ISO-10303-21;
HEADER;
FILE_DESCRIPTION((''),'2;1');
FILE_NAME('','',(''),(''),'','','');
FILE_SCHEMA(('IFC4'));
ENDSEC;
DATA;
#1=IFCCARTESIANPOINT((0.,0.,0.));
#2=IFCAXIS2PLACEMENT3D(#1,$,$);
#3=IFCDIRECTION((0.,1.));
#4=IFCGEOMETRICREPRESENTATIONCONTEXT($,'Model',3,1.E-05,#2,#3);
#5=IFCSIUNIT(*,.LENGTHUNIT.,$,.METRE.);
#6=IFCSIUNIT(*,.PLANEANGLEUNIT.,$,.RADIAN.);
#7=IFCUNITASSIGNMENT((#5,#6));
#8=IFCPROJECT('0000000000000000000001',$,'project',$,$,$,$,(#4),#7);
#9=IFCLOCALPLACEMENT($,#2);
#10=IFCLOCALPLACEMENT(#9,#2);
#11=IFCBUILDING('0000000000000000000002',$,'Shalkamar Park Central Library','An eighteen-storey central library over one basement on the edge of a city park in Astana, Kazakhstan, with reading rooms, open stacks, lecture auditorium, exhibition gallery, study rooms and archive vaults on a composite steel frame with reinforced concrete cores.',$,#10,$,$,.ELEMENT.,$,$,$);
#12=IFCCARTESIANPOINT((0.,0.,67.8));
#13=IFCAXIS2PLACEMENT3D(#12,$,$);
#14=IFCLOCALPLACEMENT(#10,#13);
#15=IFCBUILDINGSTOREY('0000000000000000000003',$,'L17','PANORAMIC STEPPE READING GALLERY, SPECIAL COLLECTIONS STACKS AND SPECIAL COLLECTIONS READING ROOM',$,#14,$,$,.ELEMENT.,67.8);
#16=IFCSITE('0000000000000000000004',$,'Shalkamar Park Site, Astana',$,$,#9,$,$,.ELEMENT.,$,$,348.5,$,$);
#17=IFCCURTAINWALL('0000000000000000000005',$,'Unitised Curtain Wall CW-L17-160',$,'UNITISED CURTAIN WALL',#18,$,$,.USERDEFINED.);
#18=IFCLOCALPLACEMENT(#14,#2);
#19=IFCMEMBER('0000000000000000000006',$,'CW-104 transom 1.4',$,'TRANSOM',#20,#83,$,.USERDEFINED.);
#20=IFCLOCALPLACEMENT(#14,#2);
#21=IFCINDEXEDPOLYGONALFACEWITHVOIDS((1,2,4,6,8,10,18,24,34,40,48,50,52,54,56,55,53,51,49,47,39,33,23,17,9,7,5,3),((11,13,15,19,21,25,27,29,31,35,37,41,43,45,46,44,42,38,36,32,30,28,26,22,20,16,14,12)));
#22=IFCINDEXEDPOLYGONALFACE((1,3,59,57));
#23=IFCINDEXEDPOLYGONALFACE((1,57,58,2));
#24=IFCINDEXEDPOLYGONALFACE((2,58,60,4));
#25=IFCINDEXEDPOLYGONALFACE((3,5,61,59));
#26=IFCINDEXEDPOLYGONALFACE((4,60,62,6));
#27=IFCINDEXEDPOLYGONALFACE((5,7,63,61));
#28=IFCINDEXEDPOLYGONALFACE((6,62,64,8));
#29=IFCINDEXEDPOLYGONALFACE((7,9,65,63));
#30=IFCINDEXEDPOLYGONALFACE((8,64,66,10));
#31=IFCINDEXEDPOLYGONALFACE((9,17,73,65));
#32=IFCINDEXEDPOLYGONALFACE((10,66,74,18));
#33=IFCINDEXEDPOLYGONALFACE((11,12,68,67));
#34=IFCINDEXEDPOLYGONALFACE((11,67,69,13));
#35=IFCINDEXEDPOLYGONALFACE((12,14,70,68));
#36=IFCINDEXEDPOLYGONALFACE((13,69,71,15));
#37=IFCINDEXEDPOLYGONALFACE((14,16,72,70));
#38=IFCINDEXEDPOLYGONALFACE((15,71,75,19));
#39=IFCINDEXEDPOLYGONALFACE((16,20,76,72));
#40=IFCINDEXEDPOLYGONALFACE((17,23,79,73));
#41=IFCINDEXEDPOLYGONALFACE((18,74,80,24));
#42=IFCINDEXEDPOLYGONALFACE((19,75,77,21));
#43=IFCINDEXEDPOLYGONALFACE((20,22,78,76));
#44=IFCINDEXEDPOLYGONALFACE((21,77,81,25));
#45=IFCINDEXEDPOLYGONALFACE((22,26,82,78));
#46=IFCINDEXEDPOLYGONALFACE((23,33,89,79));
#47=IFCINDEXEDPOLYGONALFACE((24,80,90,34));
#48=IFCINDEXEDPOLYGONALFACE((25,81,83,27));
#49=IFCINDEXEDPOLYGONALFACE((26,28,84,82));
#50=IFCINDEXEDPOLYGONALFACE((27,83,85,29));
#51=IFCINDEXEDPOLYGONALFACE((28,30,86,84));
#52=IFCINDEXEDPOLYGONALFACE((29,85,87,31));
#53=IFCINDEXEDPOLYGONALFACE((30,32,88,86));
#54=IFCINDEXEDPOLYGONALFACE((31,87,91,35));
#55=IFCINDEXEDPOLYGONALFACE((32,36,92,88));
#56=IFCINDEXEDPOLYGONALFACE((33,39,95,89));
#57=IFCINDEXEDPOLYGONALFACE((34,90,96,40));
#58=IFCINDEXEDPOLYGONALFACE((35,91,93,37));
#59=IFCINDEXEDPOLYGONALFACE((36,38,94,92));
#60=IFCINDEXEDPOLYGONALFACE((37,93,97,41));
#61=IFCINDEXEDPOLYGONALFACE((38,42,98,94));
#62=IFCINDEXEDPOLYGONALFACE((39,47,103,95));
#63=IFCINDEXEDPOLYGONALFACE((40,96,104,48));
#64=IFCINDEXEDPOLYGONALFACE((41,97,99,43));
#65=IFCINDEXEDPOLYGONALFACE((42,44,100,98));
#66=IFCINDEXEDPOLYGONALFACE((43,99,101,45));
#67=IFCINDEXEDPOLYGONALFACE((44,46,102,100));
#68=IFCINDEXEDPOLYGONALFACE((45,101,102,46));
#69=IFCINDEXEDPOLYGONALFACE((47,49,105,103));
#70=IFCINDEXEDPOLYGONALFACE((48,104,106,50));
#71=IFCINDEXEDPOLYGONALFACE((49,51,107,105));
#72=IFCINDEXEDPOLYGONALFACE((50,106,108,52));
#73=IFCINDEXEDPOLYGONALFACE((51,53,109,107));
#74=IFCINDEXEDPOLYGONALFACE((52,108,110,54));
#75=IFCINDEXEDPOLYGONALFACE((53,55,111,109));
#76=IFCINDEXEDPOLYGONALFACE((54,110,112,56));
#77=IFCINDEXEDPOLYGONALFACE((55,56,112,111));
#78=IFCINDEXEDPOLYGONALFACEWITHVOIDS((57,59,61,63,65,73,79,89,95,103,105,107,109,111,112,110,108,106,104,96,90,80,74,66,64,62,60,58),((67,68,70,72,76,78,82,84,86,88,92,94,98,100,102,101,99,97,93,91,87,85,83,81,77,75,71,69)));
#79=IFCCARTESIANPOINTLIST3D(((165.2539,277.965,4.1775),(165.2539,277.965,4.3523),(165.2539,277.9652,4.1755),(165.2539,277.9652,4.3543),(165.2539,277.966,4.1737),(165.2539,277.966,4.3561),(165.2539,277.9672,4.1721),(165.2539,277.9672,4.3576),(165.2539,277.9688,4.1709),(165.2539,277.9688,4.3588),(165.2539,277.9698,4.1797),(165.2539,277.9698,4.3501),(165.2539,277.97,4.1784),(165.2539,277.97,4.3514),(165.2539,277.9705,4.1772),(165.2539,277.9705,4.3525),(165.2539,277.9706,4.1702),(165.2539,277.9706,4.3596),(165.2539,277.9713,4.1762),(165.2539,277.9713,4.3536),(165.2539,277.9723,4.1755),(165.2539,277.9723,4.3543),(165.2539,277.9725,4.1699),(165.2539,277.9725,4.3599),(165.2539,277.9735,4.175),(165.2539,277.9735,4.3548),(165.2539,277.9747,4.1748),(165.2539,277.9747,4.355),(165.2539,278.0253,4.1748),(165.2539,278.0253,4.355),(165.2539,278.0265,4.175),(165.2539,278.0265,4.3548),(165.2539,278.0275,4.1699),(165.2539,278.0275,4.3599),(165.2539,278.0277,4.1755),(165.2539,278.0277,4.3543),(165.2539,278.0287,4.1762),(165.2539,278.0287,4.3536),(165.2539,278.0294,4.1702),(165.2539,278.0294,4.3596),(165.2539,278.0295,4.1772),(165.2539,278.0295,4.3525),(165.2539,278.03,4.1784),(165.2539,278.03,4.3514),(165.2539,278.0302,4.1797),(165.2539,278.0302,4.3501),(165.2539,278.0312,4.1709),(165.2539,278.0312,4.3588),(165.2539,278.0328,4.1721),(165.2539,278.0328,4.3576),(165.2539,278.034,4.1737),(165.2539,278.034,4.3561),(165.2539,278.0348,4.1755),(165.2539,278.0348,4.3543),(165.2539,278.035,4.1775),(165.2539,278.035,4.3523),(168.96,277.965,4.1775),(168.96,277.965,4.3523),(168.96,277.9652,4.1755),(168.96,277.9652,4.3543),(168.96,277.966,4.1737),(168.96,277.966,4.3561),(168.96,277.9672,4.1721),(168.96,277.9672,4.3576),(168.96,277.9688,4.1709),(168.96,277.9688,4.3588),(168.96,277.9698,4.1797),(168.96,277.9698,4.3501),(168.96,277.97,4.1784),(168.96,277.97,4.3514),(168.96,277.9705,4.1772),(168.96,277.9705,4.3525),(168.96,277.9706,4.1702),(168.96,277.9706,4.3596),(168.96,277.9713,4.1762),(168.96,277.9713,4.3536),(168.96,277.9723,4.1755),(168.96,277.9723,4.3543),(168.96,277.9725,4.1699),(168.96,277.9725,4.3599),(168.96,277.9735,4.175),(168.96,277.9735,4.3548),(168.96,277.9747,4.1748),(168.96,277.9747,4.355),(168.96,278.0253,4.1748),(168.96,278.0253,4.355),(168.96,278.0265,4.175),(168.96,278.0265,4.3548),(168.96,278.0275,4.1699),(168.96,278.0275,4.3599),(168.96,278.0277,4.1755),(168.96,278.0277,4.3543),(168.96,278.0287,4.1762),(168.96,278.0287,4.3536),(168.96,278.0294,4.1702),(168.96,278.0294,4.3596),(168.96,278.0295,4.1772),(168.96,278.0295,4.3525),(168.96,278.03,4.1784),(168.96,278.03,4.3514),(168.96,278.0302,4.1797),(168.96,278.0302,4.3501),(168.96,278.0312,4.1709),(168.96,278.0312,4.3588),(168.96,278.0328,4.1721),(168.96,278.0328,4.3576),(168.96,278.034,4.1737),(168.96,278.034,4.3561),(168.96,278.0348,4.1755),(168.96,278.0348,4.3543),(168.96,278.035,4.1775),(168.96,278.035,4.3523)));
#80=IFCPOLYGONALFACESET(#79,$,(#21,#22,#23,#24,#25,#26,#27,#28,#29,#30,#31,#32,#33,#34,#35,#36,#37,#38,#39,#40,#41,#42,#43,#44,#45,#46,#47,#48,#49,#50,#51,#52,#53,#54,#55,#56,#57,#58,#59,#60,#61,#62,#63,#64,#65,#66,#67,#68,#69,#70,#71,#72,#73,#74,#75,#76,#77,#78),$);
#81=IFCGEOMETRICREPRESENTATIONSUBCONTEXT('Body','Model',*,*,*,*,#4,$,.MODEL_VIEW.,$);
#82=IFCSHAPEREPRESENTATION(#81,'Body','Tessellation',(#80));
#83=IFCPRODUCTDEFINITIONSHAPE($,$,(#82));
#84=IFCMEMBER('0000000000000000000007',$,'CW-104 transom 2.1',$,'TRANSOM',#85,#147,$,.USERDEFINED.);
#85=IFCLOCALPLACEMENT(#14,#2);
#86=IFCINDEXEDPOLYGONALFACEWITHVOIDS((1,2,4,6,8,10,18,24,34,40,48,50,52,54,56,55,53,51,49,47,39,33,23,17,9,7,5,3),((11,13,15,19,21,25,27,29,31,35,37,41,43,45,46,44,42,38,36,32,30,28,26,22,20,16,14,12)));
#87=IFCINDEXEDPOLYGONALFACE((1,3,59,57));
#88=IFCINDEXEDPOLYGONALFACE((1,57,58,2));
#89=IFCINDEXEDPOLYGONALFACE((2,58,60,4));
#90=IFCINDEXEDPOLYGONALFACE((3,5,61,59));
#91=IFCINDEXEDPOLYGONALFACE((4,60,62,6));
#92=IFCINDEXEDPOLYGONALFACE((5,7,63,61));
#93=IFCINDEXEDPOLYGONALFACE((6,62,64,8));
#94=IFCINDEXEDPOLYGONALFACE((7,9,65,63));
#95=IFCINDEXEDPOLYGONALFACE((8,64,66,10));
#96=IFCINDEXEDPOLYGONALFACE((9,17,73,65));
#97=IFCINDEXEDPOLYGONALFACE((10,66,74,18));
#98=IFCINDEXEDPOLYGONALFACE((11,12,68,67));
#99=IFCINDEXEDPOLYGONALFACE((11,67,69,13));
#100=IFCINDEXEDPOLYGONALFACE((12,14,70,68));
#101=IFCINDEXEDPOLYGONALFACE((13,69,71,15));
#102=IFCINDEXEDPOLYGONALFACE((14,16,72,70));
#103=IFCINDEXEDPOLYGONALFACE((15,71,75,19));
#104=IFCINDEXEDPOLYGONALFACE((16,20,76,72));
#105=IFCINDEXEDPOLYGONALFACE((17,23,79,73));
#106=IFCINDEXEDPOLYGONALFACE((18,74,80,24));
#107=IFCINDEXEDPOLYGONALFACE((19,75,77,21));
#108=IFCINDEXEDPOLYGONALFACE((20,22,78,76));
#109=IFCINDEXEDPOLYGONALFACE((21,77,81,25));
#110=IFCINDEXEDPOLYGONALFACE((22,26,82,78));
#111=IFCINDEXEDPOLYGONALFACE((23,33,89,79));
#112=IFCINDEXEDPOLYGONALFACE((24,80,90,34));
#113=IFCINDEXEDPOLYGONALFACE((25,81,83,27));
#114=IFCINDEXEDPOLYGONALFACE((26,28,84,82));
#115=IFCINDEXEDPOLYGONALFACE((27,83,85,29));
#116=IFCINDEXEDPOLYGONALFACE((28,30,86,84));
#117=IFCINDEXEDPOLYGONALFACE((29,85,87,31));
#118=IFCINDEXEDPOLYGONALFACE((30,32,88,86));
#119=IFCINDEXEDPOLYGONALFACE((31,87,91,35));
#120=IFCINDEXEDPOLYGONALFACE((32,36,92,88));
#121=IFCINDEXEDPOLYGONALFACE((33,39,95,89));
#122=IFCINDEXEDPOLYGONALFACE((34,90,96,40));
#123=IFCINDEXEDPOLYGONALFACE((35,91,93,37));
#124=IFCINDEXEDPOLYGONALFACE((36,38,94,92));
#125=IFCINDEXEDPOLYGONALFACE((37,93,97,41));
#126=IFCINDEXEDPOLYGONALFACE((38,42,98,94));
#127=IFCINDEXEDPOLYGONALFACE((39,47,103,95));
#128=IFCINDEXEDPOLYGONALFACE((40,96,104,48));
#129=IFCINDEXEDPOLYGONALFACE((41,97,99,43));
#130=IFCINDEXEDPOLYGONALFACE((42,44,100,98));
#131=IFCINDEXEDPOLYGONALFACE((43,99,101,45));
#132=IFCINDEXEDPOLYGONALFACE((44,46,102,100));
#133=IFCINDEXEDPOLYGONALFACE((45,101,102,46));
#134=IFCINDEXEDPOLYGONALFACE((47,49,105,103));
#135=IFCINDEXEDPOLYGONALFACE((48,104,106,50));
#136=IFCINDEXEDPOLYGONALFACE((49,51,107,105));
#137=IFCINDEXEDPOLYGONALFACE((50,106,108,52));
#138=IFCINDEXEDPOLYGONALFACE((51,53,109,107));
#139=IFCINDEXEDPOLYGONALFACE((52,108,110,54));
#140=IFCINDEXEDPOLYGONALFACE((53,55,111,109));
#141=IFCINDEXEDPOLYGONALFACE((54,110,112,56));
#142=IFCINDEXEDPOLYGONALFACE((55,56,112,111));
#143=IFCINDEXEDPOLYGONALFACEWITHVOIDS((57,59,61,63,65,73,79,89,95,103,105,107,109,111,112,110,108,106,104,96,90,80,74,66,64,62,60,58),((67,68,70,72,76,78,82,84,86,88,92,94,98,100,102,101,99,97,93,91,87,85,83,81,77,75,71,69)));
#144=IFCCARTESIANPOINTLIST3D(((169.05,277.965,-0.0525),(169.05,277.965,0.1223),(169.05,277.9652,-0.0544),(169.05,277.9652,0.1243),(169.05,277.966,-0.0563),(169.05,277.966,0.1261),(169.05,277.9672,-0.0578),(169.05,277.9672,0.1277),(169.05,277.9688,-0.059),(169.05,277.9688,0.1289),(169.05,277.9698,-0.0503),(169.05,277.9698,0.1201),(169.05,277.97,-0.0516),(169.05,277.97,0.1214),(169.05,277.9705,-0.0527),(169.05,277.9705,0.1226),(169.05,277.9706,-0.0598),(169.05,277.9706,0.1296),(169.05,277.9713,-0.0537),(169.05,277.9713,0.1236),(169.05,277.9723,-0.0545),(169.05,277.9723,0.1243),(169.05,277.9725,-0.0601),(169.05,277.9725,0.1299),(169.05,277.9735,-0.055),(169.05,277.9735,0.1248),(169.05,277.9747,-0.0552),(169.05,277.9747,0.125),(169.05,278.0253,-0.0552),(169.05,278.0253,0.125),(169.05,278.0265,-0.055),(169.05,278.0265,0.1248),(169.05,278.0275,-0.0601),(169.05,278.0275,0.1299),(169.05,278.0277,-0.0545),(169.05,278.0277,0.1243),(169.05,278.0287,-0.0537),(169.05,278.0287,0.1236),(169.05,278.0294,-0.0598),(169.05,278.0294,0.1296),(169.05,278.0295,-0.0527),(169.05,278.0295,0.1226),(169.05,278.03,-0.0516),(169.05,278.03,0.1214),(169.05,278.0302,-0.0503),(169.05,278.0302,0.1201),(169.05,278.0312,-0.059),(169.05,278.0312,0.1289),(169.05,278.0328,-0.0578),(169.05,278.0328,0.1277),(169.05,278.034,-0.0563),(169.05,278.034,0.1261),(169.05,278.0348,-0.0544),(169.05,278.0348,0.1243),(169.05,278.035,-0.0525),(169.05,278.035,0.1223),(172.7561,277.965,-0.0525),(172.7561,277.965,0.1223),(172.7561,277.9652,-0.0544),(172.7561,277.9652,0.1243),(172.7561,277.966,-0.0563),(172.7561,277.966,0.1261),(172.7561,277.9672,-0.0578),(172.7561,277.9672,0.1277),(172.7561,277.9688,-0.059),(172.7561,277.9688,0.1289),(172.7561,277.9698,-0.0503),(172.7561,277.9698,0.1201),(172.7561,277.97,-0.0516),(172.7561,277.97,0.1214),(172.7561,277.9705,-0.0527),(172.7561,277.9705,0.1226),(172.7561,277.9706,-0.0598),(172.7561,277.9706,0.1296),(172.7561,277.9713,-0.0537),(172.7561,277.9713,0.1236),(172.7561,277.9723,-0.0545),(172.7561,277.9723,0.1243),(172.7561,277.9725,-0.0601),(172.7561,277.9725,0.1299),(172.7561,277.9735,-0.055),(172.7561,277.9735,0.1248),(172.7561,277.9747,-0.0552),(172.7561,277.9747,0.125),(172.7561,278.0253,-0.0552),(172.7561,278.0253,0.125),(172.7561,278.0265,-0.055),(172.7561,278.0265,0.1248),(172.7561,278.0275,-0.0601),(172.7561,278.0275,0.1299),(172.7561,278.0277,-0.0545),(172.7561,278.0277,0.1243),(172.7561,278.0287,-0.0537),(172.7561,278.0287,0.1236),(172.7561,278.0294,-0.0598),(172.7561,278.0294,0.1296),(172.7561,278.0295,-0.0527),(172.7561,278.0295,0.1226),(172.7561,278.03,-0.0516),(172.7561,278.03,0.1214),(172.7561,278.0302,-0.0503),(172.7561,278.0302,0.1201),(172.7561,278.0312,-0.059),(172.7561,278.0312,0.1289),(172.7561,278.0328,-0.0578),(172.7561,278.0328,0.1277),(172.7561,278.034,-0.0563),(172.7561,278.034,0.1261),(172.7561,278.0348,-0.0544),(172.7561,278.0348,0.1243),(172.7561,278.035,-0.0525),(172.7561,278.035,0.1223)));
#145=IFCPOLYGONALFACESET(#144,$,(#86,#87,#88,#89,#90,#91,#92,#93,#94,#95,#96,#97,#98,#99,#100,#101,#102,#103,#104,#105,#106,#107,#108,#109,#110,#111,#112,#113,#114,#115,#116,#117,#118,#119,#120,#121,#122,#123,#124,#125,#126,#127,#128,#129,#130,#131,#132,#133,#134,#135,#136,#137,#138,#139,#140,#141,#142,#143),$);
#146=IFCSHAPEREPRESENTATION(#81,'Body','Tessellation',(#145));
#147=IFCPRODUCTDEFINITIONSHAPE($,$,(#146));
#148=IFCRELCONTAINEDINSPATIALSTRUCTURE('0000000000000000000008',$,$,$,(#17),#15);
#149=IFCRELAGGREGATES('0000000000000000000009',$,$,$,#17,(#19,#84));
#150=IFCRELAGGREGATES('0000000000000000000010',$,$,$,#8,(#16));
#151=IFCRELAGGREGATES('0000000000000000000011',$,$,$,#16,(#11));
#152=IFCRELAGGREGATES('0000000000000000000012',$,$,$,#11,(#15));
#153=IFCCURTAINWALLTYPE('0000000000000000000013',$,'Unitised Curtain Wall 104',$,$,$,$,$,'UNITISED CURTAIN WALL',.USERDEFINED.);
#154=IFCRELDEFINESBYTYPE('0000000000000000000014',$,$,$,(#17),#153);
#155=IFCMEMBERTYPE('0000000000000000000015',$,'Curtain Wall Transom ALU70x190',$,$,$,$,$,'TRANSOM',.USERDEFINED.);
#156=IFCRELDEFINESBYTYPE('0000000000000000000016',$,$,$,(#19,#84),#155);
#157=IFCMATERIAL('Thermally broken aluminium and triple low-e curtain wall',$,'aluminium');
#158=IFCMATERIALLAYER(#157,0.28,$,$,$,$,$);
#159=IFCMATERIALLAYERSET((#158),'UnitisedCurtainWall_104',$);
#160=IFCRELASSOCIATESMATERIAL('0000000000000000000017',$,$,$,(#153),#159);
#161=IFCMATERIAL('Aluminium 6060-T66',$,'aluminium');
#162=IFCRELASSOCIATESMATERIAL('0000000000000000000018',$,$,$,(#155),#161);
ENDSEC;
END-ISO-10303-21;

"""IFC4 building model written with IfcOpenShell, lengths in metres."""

from ifc_helpers import new_model, si_unit, direction, frame, origin, origin_2d, place, context, subcontext, project, spatial, hollow_rectangle, extrude, material, layer, layer_set, material_profile, profile_set, type_object, element, aggregate, save


model = new_model("IFC4")

# Units and contexts
model_context = context("Model", 3, precision=1e-05, world=origin(), true_north=direction((0.0, 1.0)))
body_context = subcontext(model_context, "Body", "Model", "MODEL_VIEW")
ifc_project = project(units=[si_unit("LENGTHUNIT", "METRE"), si_unit("PLANEANGLEUNIT", "RADIAN")], contexts=[model_context])

# Site, building, storey
site_placement = place(None, origin())
site = spatial("IfcSite", under=ifc_project, at=site_placement, Name="Shalkamar Park Site, Astana", CompositionType="ELEMENT", RefElevation=348.5)
building_placement = place(site_placement, origin())
building = spatial("IfcBuilding", under=site, at=building_placement, Name="Shalkamar Park Central Library", Description="An eighteen-storey central library over one basement on the edge of a city park in Astana, Kazakhstan, with reading rooms, open stacks, lecture auditorium, exhibition gallery, study rooms and archive vaults on a composite steel frame with reinforced concrete cores.", CompositionType="ELEMENT")
storey_placement = place(building_placement, frame((0.0, 0.0, 67.8)))
storey = spatial("IfcBuildingStorey", under=building, at=storey_placement, Name="L17", Description="PANORAMIC STEPPE READING GALLERY, SPECIAL COLLECTIONS STACKS AND SPECIAL COLLECTIONS READING ROOM", CompositionType="ELEMENT", Elevation=67.8)

# Curtain wall, members
ifc_material_1 = material(Name="Thermally broken aluminium and triple low-e curtain wall", Category="aluminium")
ifc_layer_1 = layer(ifc_material_1, 0.28)
ifc_layer_set_1 = layer_set([ifc_layer_1], Name="UnitisedCurtainWall_104")
curtain_wall_type = type_object("IfcCurtainWallType", Name="Unitised Curtain Wall 104", ElementType="UNITISED CURTAIN WALL", PredefinedType="USERDEFINED", material=ifc_layer_set_1)
curtain_wall_placement = place(storey_placement, origin())
curtain_wall = element("IfcCurtainWall", 1, at=curtain_wall_placement, inside=storey, type_object=curtain_wall_type, Name="Unitised Curtain Wall CW-L17-160", ObjectType="UNITISED CURTAIN WALL", PredefinedType="USERDEFINED")
ifc_material_2 = material(Name="Aluminium 6060-T66", Category="aluminium")
ifc_material_profile_1 = material_profile(ifc_material_2, hollow_rectangle(XDim=0.0701, YDim=0.1899, WallThickness=0.0049, InnerFilletRadius=0.0049, OuterFilletRadius=0.0076, at=origin_2d()), Name="ALU 70x190x5")
ifc_profile_set_1 = profile_set([ifc_material_profile_1], Name="Aluminium 6060-T66")
member_type_1 = type_object("IfcMemberType", Name="Curtain Wall Transom ALU70x190", ElementType="TRANSOM", PredefinedType="USERDEFINED", material=ifc_profile_set_1)
member_1_placement = place(storey_placement, frame((165.2539, 278.0, 4.2649), z_axis=(1.0, 0.0, 0.0), x_axis=(0.0, 1.0, 0.0)))
member_1 = element("IfcMember", 2, at=member_1_placement, type_object=member_type_1, Name="CW-104 transom 1.4", ObjectType="TRANSOM", PredefinedType="USERDEFINED", context=body_context, shape_type="SweptSolid", body=[
    extrude(hollow_rectangle(XDim=0.0701, YDim=0.1899, WallThickness=0.0049, InnerFilletRadius=0.0049, OuterFilletRadius=0.0076, at=origin_2d()), origin(), (0.0, 0.0, 1.0), 3.7061),
])
member_2_placement = place(storey_placement, frame((169.05, 278.0, 0.0349), z_axis=(1.0, 0.0, 0.0), x_axis=(0.0, 1.0, 0.0)))
member_2 = element("IfcMember", 3, at=member_2_placement, type_object=member_type_1, Name="CW-104 transom 2.1", ObjectType="TRANSOM", PredefinedType="USERDEFINED", context=body_context, shape_type="SweptSolid", body=[
    extrude(hollow_rectangle(XDim=0.0701, YDim=0.1899, WallThickness=0.0049, InnerFilletRadius=0.0049, OuterFilletRadius=0.0076, at=origin_2d()), origin(), (0.0, 0.0, 1.0), 3.7061),
])

aggregate(curtain_wall, [member_1, member_2])

save(model, "model.ifc")
